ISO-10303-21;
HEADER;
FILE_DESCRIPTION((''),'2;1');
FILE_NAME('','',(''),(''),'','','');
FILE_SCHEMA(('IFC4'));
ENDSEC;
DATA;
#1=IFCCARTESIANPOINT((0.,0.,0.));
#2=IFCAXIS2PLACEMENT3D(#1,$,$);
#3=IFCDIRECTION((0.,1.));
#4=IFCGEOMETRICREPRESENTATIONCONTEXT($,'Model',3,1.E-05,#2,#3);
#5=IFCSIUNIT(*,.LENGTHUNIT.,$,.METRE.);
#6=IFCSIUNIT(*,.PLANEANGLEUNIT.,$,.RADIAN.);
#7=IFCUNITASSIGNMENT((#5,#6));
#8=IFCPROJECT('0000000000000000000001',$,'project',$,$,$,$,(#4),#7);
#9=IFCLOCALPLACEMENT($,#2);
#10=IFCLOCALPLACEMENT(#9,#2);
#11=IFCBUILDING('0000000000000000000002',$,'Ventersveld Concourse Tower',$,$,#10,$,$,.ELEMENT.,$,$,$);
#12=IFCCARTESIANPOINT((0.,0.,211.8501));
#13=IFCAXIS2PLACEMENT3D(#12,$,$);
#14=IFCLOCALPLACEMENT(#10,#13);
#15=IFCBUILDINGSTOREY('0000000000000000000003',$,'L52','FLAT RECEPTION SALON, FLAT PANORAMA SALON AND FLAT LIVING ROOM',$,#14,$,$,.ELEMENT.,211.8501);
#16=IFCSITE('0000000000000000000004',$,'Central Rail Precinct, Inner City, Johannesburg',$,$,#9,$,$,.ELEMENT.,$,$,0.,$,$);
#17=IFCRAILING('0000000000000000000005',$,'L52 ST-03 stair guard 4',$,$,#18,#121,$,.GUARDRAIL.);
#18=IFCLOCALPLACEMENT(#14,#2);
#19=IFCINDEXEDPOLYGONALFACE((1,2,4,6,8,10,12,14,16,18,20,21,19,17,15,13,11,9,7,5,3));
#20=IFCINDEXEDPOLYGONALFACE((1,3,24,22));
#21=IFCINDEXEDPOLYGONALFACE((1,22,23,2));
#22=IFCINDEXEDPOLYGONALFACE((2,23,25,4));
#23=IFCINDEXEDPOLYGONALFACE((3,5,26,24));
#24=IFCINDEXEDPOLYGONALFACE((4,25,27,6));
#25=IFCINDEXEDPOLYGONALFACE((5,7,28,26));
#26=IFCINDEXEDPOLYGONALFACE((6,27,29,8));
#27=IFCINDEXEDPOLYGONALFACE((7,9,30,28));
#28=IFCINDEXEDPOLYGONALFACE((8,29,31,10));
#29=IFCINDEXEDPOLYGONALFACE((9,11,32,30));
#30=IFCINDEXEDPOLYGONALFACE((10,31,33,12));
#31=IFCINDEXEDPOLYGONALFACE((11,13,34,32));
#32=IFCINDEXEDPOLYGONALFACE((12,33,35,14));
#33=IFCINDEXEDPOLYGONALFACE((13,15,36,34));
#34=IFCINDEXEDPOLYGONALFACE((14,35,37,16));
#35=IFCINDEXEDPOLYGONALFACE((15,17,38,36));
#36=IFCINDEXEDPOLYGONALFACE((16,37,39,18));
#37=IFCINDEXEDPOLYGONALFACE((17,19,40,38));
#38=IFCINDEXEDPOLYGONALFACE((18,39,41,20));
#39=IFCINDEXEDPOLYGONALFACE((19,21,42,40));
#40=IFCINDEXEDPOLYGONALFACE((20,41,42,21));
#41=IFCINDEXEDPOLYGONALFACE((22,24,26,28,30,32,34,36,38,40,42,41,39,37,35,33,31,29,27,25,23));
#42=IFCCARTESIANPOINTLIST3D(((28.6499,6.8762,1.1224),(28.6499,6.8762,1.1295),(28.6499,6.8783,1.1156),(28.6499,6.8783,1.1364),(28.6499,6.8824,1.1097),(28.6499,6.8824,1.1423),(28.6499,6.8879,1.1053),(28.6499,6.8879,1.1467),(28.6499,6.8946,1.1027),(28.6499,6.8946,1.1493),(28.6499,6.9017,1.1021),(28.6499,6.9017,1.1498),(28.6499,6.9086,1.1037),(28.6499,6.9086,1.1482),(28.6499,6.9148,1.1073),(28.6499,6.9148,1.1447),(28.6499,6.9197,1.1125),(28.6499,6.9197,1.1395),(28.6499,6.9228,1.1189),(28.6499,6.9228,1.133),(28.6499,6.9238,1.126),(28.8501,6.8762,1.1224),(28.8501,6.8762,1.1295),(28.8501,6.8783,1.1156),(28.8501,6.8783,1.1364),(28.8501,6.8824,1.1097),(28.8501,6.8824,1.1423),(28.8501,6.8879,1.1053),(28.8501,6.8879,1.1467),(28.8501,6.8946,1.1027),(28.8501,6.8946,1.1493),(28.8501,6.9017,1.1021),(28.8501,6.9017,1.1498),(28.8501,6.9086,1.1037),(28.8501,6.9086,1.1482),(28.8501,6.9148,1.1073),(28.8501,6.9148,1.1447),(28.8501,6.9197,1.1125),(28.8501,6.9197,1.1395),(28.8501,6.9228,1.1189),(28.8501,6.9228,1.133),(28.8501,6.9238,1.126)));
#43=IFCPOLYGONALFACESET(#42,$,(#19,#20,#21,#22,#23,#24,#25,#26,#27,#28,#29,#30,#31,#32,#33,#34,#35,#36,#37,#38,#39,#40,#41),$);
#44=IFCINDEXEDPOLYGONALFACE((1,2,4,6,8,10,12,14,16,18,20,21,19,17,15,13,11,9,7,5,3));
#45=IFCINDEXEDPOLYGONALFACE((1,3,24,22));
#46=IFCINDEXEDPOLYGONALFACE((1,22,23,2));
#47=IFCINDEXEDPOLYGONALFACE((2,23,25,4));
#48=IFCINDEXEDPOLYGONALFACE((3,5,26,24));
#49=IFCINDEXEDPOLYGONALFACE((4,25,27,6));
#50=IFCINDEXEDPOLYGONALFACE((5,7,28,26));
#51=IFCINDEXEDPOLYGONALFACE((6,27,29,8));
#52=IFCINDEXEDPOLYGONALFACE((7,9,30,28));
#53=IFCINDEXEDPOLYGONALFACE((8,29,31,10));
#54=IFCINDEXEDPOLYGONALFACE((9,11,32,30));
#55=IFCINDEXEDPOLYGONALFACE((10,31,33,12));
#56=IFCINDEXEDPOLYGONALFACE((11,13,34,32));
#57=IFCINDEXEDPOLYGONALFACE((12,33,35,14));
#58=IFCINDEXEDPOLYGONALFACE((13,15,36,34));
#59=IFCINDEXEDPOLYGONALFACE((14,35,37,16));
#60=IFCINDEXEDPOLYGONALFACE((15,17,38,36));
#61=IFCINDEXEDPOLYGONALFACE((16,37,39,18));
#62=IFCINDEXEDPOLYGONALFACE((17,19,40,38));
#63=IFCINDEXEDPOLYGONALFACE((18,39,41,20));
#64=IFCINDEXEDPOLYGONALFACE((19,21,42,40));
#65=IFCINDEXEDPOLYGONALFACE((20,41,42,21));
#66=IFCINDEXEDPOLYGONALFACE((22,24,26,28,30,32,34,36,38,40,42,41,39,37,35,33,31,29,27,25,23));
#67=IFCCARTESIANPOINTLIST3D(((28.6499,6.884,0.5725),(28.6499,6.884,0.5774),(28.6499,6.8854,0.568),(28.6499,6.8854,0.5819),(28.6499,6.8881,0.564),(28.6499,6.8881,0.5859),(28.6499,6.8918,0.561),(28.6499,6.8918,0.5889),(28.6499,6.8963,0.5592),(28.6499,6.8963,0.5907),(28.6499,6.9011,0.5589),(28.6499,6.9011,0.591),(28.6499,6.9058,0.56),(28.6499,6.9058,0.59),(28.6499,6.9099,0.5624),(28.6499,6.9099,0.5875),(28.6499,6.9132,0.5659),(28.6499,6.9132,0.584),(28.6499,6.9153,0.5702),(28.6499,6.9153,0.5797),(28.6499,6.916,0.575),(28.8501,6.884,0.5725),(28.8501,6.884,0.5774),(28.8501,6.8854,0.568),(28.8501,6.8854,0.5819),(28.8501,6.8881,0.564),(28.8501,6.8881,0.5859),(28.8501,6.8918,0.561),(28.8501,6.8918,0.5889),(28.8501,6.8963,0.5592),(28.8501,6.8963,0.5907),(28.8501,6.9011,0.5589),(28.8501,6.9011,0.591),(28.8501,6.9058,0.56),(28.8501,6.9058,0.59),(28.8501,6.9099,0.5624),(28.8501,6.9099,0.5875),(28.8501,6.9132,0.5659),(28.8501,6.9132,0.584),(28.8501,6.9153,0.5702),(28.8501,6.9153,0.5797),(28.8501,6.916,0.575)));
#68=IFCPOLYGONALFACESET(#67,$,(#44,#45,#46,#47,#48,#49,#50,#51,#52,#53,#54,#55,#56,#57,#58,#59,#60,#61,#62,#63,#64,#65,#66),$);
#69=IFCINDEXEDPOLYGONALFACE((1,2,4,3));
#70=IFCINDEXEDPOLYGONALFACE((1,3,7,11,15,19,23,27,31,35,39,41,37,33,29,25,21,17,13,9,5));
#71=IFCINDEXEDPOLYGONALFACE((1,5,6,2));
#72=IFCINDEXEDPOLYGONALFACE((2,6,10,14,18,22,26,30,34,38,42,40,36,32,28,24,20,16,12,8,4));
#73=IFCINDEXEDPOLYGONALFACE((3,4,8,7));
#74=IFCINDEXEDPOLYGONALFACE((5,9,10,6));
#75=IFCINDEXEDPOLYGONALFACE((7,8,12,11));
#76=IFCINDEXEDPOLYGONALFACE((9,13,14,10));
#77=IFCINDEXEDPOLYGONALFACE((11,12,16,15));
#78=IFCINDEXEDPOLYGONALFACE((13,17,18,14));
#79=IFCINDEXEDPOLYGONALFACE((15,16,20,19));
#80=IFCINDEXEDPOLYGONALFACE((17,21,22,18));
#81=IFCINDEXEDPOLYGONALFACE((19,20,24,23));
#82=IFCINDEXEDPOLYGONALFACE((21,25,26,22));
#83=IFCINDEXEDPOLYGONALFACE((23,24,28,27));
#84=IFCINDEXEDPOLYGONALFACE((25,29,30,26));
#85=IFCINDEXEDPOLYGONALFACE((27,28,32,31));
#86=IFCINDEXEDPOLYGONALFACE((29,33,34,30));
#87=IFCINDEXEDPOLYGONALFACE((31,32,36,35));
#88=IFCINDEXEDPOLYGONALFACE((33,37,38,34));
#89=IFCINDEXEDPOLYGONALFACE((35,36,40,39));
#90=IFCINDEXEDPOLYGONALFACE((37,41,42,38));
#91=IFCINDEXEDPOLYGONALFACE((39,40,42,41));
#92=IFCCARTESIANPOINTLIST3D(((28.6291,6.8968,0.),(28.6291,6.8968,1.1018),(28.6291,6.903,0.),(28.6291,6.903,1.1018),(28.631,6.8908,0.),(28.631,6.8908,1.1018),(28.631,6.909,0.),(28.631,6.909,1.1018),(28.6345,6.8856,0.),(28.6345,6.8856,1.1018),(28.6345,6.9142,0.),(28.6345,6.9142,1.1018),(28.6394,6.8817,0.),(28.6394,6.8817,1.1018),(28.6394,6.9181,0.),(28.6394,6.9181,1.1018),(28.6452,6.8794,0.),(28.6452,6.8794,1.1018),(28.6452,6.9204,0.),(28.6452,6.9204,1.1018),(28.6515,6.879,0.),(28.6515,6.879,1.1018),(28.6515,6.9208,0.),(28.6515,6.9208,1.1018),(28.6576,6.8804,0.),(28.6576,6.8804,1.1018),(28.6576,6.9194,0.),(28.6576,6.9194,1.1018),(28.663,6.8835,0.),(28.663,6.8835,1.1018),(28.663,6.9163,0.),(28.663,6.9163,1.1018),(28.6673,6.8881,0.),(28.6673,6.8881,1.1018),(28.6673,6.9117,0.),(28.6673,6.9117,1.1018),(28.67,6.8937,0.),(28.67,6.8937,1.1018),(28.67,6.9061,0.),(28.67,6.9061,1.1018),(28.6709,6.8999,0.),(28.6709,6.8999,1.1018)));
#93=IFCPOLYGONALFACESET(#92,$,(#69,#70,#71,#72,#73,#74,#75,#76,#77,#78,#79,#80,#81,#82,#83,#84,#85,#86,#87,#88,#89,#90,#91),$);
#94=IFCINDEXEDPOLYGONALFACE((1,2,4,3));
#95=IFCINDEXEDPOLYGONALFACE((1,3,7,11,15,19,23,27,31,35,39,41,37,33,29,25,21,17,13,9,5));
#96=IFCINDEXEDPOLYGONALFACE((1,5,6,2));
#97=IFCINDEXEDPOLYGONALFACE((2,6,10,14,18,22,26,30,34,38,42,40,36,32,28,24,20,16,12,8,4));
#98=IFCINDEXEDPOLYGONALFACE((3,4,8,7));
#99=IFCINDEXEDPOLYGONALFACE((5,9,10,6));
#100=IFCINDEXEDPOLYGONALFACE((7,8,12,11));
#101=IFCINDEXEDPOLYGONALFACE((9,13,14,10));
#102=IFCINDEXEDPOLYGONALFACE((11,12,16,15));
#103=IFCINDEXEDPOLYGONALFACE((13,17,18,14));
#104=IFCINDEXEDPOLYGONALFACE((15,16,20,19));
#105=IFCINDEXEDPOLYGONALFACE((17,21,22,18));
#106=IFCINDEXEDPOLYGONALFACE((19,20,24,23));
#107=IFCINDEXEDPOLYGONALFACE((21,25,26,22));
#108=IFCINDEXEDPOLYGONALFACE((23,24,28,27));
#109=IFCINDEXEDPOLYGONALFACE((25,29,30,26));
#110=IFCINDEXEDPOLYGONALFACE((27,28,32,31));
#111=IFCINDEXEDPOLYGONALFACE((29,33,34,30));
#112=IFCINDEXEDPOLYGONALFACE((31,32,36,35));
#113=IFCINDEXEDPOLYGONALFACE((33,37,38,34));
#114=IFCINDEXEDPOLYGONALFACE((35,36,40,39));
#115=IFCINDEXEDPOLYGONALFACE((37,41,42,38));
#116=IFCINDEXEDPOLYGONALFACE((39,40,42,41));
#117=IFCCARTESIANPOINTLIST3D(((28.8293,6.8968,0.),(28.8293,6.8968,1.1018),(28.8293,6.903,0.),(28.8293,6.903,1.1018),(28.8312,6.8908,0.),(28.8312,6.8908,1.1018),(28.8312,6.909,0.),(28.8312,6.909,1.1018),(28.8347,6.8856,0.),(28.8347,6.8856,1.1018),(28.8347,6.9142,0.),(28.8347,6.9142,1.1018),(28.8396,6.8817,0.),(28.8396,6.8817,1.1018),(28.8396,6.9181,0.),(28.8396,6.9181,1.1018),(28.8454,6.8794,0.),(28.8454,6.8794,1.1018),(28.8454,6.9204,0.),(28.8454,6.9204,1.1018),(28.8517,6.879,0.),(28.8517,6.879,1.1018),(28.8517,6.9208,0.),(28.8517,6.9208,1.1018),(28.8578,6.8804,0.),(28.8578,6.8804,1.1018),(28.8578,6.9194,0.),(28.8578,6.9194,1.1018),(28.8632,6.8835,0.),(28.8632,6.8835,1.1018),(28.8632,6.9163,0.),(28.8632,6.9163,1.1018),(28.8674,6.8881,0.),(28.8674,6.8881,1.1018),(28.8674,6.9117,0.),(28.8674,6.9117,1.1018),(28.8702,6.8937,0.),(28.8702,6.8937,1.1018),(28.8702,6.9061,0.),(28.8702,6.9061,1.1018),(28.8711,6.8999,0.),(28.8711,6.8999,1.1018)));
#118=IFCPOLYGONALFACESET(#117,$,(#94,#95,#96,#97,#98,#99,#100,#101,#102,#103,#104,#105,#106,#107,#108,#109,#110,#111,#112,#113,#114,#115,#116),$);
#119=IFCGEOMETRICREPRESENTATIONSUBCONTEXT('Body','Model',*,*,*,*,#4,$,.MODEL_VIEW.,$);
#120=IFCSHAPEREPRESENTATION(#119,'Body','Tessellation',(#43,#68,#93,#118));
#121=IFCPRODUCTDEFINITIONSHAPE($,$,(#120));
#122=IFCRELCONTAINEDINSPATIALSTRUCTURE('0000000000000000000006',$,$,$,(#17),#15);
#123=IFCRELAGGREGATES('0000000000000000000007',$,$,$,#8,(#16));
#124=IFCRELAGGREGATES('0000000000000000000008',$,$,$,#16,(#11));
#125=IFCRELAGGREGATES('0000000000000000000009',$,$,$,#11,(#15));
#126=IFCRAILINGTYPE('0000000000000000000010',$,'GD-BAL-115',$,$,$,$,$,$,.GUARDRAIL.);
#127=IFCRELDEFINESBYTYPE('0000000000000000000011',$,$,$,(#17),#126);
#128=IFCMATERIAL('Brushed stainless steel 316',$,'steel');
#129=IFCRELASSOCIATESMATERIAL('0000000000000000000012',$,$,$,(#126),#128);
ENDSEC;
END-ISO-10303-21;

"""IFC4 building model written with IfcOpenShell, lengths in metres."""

from ifc_helpers import new_model, si_unit, direction, frame, origin, origin_2d, place, context, subcontext, project, spatial, circle, extrude, material, type_object, element, save


model = new_model("IFC4")

# Units and contexts
model_context = context("Model", 3, precision=1e-05, world=origin(), true_north=direction((0.0, 1.0)))
body_context = subcontext(model_context, "Body", "Model", "MODEL_VIEW")
ifc_project = project(units=[si_unit("LENGTHUNIT", "METRE"), si_unit("PLANEANGLEUNIT", "RADIAN")], contexts=[model_context])

# Site, building, storey
site_placement = place(None, origin())
site = spatial("IfcSite", under=ifc_project, at=site_placement, Name="Central Rail Precinct, Inner City, Johannesburg", CompositionType="ELEMENT", RefElevation=0.0)
building_placement = place(site_placement, origin())
building = spatial("IfcBuilding", under=site, at=building_placement, Name="Ventersveld Concourse Tower", CompositionType="ELEMENT")
storey_placement = place(building_placement, frame((0.0, 0.0, 211.8501)))
storey = spatial("IfcBuildingStorey", under=building, at=storey_placement, Name="L52", Description="FLAT RECEPTION SALON, FLAT PANORAMA SALON AND FLAT LIVING ROOM", CompositionType="ELEMENT", Elevation=211.8501)

# Railing
ifc_material_1 = material(Name="Brushed stainless steel 316", Category="steel")
railing_type_1 = type_object("IfcRailingType", Name="GD-BAL-115", PredefinedType="GUARDRAIL", material=ifc_material_1)
railing_1_placement = place(storey_placement, frame((28.6499, 6.8999, 0.0)))
element("IfcRailing", 1, at=railing_1_placement, inside=storey, type_object=railing_type_1, Name="L52 ST-03 stair guard 4", PredefinedType="GUARDRAIL", context=body_context, shape_type="SweptSolid", body=[
    extrude(circle(Radius=0.0239, at=origin_2d()), frame((0.0, 0.0, 1.126), z_axis=(1.0, 0.0, 0.0), x_axis=(0.0, 1.0, 0.0)), (0.0, 0.0, 1.0), 0.2002),
    extrude(circle(Radius=0.0161, at=origin_2d()), frame((0.0, 0.0, 0.575), z_axis=(1.0, 0.0, 0.0), x_axis=(0.0, 1.0, 0.0)), (0.0, 0.0, 1.0), 0.2002),
    extrude(circle(Radius=0.021, at=origin_2d()), origin(), (0.0, 0.0, 1.0), 1.1018),
    extrude(circle(Radius=0.021, at=origin_2d()), frame((0.2002, 0.0, 0.0)), (0.0, 0.0, 1.0), 1.1018),
])

save(model, "model.ifc")
